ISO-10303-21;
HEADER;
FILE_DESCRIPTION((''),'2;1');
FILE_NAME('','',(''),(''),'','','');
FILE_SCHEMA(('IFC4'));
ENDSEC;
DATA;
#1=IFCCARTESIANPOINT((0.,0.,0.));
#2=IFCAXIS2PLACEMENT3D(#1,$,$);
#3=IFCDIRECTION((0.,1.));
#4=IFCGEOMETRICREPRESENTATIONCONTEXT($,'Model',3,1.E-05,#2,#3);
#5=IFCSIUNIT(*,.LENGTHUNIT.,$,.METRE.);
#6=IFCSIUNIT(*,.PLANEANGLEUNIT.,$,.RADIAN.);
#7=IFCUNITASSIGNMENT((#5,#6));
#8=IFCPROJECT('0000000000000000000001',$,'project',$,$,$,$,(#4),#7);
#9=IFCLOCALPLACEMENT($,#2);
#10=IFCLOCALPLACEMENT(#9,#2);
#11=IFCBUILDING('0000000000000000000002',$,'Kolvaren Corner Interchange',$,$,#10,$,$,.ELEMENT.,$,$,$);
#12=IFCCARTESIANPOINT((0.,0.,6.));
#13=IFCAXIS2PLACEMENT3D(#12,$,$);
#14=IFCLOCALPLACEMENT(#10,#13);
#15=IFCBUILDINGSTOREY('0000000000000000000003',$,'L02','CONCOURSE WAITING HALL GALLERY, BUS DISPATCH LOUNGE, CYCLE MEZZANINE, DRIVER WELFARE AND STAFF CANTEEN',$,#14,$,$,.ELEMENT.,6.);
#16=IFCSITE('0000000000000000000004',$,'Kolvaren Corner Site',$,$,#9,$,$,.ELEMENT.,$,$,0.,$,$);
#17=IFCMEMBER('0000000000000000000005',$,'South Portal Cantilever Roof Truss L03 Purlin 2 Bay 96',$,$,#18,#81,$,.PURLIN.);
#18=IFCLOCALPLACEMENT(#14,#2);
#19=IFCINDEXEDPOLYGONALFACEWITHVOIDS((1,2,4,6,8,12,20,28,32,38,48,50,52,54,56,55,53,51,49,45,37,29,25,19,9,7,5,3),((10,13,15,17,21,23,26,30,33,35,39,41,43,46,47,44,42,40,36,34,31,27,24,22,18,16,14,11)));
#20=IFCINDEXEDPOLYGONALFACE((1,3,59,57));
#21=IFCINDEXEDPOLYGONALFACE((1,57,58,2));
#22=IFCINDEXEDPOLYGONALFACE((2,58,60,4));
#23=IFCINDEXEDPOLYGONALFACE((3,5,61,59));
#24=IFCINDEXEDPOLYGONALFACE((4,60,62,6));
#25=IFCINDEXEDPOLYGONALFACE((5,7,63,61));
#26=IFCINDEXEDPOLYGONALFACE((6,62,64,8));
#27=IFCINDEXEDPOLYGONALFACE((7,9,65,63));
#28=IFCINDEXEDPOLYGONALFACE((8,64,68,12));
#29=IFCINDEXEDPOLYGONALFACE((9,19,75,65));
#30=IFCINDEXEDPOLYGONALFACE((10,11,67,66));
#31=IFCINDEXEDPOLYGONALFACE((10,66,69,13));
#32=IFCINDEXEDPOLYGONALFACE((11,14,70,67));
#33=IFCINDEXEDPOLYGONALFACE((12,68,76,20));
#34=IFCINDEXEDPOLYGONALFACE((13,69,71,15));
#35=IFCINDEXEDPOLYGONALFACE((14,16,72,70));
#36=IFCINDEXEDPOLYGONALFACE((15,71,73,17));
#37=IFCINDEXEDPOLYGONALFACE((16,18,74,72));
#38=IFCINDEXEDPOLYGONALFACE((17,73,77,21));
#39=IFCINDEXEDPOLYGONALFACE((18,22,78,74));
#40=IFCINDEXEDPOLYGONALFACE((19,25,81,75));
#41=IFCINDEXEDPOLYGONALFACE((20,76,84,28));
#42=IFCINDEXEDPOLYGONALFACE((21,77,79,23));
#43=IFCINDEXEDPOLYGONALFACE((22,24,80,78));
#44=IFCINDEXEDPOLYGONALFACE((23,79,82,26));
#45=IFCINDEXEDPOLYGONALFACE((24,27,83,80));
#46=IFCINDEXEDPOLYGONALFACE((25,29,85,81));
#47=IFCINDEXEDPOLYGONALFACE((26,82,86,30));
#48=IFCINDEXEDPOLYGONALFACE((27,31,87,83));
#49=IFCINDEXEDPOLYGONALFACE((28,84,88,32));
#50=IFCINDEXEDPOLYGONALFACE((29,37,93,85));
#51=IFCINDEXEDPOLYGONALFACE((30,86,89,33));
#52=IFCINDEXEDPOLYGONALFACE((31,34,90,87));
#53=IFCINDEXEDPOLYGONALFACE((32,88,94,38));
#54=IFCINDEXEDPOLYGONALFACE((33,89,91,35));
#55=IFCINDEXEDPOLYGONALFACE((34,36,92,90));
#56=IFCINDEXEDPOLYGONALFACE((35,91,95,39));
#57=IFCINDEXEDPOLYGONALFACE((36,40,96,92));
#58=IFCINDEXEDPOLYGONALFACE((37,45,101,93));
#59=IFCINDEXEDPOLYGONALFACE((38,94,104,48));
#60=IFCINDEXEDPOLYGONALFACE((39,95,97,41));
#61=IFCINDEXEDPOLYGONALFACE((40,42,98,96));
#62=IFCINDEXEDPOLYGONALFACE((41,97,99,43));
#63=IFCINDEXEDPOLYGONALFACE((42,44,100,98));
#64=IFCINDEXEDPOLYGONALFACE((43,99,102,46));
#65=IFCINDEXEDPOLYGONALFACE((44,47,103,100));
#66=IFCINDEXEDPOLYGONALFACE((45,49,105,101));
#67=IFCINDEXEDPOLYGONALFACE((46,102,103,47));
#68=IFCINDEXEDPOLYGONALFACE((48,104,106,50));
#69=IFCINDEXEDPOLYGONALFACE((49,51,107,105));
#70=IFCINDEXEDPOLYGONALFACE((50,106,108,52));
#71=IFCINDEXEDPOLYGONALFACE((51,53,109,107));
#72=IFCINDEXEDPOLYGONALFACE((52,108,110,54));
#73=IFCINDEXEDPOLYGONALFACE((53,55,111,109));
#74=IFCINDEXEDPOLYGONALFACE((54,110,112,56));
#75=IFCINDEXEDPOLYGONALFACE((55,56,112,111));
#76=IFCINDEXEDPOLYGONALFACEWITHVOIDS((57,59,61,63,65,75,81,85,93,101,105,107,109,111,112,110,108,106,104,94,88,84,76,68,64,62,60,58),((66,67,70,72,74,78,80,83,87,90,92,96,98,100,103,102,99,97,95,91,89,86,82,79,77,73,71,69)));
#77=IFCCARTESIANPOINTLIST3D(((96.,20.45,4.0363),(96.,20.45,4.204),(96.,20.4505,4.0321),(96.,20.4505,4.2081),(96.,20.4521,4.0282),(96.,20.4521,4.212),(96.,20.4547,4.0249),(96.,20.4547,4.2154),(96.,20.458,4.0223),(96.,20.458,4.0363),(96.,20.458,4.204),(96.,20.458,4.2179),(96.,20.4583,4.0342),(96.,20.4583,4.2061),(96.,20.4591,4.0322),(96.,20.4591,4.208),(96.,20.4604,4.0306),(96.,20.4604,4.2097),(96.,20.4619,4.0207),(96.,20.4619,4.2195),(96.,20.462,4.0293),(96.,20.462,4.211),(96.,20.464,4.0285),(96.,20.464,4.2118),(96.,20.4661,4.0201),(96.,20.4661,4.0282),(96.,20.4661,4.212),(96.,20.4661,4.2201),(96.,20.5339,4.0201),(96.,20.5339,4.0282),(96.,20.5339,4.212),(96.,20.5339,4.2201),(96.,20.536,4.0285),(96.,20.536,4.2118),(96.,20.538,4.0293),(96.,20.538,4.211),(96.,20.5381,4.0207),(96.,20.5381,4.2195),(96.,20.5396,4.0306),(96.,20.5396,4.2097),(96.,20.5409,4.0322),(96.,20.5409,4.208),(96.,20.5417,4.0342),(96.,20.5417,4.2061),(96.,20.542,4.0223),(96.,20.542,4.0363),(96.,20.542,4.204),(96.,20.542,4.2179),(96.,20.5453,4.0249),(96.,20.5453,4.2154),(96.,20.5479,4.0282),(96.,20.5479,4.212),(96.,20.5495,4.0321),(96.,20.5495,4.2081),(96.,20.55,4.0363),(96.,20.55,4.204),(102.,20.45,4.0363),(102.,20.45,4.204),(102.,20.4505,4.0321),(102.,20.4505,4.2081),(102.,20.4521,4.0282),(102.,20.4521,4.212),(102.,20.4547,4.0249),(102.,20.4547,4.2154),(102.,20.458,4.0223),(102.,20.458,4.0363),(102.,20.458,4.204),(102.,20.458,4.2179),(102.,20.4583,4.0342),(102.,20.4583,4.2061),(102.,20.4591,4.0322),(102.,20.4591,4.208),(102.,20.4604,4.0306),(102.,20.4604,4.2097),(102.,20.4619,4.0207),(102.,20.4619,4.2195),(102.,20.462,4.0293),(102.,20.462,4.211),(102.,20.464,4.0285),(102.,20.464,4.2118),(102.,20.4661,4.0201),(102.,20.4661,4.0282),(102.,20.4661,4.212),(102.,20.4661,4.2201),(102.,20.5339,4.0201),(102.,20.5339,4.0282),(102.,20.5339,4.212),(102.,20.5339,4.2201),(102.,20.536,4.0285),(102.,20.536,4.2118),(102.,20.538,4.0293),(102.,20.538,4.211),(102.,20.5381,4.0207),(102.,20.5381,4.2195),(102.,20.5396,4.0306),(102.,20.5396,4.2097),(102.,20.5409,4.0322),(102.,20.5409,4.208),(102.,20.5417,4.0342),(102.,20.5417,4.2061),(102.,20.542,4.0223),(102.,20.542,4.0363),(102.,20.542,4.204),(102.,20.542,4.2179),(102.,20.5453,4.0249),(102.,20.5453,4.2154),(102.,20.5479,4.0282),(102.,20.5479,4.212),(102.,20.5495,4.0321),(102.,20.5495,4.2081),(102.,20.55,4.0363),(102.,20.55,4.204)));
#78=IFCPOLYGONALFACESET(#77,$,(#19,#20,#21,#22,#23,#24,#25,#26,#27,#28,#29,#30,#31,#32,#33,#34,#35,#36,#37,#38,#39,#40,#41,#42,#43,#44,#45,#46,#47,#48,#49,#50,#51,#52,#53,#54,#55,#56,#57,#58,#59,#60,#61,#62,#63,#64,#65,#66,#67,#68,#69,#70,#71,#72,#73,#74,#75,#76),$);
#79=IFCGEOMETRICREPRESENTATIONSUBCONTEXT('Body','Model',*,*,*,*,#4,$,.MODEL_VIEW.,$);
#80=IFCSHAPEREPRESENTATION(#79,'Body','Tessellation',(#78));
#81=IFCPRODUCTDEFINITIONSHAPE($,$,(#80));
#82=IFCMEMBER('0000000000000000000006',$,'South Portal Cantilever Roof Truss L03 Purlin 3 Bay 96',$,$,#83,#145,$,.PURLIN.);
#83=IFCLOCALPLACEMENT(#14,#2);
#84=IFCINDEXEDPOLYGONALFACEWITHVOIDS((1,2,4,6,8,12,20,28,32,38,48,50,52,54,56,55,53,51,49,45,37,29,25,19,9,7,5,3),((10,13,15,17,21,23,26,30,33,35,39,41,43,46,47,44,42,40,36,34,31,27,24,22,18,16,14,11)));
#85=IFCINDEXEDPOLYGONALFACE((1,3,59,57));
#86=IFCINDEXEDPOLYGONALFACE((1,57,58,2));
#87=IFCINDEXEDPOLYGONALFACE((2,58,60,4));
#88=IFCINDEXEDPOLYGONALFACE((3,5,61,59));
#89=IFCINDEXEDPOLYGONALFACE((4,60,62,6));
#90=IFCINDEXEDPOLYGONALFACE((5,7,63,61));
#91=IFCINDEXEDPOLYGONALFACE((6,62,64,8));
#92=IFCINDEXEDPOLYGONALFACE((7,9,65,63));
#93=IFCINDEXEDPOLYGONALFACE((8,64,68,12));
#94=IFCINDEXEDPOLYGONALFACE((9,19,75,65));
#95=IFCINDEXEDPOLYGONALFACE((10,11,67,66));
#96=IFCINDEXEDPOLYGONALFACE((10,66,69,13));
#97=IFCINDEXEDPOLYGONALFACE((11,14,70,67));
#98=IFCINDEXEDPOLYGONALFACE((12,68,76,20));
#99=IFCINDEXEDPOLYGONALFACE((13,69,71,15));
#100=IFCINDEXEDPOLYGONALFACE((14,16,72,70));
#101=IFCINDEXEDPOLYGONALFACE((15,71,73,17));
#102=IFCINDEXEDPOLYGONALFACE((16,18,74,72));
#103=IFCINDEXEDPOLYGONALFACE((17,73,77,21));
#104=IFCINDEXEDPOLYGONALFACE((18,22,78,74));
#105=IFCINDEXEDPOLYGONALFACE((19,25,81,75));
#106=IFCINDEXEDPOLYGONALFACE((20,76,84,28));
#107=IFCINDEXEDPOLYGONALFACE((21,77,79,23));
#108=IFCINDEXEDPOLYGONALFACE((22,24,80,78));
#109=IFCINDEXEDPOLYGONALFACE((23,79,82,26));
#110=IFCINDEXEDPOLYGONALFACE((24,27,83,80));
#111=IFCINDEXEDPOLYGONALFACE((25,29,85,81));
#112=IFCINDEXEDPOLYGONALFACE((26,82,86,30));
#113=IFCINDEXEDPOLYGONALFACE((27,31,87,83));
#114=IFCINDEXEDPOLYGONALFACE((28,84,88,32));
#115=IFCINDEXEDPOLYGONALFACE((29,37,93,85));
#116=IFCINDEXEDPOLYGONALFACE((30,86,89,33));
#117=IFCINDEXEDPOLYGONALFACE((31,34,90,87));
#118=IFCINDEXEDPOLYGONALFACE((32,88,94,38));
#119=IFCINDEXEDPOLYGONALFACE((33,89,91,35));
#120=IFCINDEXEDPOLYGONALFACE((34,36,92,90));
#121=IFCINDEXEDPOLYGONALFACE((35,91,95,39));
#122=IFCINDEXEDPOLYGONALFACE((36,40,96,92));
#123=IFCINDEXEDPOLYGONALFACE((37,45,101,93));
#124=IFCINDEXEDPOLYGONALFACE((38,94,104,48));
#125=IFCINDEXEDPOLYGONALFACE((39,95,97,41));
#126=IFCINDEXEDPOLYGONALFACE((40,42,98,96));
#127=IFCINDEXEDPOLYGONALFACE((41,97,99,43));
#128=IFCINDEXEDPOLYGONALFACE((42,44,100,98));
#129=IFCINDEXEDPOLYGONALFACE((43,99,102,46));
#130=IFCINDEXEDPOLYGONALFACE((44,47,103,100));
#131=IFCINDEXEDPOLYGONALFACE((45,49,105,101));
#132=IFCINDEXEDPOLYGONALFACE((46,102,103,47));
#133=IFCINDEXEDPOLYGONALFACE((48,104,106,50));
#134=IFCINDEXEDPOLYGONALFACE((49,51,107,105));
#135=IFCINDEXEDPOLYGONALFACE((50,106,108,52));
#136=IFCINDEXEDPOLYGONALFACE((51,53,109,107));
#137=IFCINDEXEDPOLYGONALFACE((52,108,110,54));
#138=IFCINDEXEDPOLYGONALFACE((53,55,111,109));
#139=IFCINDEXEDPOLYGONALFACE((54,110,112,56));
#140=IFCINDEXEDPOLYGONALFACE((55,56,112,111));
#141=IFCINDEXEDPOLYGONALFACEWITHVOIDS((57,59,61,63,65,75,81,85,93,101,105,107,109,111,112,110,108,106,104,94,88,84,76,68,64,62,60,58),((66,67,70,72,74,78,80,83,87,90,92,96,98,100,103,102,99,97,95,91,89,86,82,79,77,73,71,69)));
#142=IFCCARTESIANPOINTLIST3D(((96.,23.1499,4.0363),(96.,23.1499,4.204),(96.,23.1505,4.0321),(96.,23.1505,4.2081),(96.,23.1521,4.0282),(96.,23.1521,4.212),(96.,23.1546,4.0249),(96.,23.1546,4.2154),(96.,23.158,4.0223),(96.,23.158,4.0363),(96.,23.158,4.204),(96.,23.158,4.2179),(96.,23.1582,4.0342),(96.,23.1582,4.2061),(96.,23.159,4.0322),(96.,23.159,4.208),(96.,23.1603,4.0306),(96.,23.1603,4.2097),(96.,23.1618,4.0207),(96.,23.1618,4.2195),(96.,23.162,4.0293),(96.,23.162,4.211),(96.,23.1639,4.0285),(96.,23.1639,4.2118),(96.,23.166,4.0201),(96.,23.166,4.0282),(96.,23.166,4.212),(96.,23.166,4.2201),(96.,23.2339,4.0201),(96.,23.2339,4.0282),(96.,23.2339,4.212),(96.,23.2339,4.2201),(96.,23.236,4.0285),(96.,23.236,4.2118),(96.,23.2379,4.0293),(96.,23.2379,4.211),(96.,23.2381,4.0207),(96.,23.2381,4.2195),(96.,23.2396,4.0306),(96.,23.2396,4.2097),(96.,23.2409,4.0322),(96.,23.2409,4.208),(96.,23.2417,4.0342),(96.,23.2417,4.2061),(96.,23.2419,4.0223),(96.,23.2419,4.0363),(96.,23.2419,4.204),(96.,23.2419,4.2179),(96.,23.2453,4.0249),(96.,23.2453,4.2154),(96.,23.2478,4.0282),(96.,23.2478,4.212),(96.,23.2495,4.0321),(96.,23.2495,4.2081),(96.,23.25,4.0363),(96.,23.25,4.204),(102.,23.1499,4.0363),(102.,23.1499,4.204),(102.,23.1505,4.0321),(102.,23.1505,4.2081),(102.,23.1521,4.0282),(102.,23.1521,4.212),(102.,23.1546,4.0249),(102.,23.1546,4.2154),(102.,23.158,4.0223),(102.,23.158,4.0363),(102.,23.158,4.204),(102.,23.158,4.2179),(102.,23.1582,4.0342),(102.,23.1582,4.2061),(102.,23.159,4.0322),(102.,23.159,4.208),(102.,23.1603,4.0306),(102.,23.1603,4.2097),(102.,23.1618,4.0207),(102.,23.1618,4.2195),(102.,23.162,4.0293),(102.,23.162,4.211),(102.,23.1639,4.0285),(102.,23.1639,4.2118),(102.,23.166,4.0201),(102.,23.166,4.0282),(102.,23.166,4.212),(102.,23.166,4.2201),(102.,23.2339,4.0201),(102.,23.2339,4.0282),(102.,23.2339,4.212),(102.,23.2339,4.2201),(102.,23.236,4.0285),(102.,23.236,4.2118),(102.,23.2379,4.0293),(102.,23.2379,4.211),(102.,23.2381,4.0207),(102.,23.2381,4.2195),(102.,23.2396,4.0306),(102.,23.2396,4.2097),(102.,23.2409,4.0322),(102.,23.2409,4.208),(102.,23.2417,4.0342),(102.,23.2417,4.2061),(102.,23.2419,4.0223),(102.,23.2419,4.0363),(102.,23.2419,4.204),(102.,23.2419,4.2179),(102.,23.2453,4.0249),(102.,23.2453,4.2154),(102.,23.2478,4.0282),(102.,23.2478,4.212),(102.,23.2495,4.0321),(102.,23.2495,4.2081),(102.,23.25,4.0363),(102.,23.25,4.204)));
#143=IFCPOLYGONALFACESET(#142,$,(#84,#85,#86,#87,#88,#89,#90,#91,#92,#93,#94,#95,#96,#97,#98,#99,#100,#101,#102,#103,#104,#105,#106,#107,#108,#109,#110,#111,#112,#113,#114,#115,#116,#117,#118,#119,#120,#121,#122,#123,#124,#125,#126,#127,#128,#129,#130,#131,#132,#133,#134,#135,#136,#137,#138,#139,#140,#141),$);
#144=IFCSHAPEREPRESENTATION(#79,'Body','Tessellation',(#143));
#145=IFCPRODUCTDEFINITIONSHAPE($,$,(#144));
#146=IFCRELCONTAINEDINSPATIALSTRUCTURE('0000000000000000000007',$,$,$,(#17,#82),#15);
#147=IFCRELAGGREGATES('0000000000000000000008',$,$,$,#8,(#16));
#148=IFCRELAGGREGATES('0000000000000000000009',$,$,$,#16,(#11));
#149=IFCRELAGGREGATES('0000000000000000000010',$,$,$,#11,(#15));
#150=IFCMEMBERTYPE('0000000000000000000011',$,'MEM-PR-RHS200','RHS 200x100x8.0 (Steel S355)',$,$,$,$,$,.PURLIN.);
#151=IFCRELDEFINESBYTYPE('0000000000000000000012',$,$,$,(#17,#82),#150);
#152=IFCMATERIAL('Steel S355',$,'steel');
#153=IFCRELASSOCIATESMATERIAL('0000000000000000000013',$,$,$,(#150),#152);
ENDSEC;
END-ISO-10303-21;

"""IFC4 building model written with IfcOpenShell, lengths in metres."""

from ifc_helpers import new_model, si_unit, direction, frame, origin, origin_2d, place, context, subcontext, project, spatial, hollow_rectangle, extrude, material, material_profile, profile_set, type_object, element, save


model = new_model("IFC4")

# Units and contexts
model_context = context("Model", 3, precision=1e-05, world=origin(), true_north=direction((0.0, 1.0)))
body_context = subcontext(model_context, "Body", "Model", "MODEL_VIEW")
ifc_project = project(units=[si_unit("LENGTHUNIT", "METRE"), si_unit("PLANEANGLEUNIT", "RADIAN")], contexts=[model_context])

# Site, building, storey
site_placement = place(None, origin())
site = spatial("IfcSite", under=ifc_project, at=site_placement, Name="Kolvaren Corner Site", CompositionType="ELEMENT", RefElevation=0.0)
building_placement = place(site_placement, origin())
building = spatial("IfcBuilding", under=site, at=building_placement, Name="Kolvaren Corner Interchange", CompositionType="ELEMENT")
storey_placement = place(building_placement, frame((0.0, 0.0, 6.0)))
storey = spatial("IfcBuildingStorey", under=building, at=storey_placement, Name="L02", Description="CONCOURSE WAITING HALL GALLERY, BUS DISPATCH LOUNGE, CYCLE MEZZANINE, DRIVER WELFARE AND STAFF CANTEEN", CompositionType="ELEMENT", Elevation=6.0)

# Members
ifc_material_1 = material(Name="Steel S355", Category="steel")
ifc_material_profile_1 = material_profile(ifc_material_1, hollow_rectangle(XDim=0.1001, YDim=0.2, WallThickness=0.0081, InnerFilletRadius=0.0081, OuterFilletRadius=0.0161, at=origin_2d()), Name="RHS 200x100x8.0")
ifc_profile_set_1 = profile_set([ifc_material_profile_1], Name="Steel S355")
member_type_1 = type_object("IfcMemberType", Name="MEM-PR-RHS200", Description="RHS 200x100x8.0 (Steel S355)", PredefinedType="PURLIN", material=ifc_profile_set_1)
for number, where, z_axis, x_axis, name in (
    (1, (96.0, 20.5, 4.1201), (1.0, 0.0, 0.0), (0.0, 1.0, 0.0), "South Portal Cantilever Roof Truss L03 Purlin 2 Bay 96"),
    (2, (96.0, 23.2, 4.1201), (1.0, 0.0, 0.0), (0.0, 1.0, 0.0), "South Portal Cantilever Roof Truss L03 Purlin 3 Bay 96"),
):
    element("IfcMember", number, at=place(storey_placement, frame(where, z_axis=z_axis, x_axis=x_axis)), inside=storey, type_object=member_type_1, Name=name, PredefinedType="PURLIN", context=body_context, shape_type="SweptSolid", body=[
        extrude(hollow_rectangle(XDim=0.1001, YDim=0.2, WallThickness=0.0081, InnerFilletRadius=0.0081, OuterFilletRadius=0.0161, at=origin_2d()), origin(), (0.0, 0.0, 1.0), 6.0),
    ])

save(model, "model.ifc")
